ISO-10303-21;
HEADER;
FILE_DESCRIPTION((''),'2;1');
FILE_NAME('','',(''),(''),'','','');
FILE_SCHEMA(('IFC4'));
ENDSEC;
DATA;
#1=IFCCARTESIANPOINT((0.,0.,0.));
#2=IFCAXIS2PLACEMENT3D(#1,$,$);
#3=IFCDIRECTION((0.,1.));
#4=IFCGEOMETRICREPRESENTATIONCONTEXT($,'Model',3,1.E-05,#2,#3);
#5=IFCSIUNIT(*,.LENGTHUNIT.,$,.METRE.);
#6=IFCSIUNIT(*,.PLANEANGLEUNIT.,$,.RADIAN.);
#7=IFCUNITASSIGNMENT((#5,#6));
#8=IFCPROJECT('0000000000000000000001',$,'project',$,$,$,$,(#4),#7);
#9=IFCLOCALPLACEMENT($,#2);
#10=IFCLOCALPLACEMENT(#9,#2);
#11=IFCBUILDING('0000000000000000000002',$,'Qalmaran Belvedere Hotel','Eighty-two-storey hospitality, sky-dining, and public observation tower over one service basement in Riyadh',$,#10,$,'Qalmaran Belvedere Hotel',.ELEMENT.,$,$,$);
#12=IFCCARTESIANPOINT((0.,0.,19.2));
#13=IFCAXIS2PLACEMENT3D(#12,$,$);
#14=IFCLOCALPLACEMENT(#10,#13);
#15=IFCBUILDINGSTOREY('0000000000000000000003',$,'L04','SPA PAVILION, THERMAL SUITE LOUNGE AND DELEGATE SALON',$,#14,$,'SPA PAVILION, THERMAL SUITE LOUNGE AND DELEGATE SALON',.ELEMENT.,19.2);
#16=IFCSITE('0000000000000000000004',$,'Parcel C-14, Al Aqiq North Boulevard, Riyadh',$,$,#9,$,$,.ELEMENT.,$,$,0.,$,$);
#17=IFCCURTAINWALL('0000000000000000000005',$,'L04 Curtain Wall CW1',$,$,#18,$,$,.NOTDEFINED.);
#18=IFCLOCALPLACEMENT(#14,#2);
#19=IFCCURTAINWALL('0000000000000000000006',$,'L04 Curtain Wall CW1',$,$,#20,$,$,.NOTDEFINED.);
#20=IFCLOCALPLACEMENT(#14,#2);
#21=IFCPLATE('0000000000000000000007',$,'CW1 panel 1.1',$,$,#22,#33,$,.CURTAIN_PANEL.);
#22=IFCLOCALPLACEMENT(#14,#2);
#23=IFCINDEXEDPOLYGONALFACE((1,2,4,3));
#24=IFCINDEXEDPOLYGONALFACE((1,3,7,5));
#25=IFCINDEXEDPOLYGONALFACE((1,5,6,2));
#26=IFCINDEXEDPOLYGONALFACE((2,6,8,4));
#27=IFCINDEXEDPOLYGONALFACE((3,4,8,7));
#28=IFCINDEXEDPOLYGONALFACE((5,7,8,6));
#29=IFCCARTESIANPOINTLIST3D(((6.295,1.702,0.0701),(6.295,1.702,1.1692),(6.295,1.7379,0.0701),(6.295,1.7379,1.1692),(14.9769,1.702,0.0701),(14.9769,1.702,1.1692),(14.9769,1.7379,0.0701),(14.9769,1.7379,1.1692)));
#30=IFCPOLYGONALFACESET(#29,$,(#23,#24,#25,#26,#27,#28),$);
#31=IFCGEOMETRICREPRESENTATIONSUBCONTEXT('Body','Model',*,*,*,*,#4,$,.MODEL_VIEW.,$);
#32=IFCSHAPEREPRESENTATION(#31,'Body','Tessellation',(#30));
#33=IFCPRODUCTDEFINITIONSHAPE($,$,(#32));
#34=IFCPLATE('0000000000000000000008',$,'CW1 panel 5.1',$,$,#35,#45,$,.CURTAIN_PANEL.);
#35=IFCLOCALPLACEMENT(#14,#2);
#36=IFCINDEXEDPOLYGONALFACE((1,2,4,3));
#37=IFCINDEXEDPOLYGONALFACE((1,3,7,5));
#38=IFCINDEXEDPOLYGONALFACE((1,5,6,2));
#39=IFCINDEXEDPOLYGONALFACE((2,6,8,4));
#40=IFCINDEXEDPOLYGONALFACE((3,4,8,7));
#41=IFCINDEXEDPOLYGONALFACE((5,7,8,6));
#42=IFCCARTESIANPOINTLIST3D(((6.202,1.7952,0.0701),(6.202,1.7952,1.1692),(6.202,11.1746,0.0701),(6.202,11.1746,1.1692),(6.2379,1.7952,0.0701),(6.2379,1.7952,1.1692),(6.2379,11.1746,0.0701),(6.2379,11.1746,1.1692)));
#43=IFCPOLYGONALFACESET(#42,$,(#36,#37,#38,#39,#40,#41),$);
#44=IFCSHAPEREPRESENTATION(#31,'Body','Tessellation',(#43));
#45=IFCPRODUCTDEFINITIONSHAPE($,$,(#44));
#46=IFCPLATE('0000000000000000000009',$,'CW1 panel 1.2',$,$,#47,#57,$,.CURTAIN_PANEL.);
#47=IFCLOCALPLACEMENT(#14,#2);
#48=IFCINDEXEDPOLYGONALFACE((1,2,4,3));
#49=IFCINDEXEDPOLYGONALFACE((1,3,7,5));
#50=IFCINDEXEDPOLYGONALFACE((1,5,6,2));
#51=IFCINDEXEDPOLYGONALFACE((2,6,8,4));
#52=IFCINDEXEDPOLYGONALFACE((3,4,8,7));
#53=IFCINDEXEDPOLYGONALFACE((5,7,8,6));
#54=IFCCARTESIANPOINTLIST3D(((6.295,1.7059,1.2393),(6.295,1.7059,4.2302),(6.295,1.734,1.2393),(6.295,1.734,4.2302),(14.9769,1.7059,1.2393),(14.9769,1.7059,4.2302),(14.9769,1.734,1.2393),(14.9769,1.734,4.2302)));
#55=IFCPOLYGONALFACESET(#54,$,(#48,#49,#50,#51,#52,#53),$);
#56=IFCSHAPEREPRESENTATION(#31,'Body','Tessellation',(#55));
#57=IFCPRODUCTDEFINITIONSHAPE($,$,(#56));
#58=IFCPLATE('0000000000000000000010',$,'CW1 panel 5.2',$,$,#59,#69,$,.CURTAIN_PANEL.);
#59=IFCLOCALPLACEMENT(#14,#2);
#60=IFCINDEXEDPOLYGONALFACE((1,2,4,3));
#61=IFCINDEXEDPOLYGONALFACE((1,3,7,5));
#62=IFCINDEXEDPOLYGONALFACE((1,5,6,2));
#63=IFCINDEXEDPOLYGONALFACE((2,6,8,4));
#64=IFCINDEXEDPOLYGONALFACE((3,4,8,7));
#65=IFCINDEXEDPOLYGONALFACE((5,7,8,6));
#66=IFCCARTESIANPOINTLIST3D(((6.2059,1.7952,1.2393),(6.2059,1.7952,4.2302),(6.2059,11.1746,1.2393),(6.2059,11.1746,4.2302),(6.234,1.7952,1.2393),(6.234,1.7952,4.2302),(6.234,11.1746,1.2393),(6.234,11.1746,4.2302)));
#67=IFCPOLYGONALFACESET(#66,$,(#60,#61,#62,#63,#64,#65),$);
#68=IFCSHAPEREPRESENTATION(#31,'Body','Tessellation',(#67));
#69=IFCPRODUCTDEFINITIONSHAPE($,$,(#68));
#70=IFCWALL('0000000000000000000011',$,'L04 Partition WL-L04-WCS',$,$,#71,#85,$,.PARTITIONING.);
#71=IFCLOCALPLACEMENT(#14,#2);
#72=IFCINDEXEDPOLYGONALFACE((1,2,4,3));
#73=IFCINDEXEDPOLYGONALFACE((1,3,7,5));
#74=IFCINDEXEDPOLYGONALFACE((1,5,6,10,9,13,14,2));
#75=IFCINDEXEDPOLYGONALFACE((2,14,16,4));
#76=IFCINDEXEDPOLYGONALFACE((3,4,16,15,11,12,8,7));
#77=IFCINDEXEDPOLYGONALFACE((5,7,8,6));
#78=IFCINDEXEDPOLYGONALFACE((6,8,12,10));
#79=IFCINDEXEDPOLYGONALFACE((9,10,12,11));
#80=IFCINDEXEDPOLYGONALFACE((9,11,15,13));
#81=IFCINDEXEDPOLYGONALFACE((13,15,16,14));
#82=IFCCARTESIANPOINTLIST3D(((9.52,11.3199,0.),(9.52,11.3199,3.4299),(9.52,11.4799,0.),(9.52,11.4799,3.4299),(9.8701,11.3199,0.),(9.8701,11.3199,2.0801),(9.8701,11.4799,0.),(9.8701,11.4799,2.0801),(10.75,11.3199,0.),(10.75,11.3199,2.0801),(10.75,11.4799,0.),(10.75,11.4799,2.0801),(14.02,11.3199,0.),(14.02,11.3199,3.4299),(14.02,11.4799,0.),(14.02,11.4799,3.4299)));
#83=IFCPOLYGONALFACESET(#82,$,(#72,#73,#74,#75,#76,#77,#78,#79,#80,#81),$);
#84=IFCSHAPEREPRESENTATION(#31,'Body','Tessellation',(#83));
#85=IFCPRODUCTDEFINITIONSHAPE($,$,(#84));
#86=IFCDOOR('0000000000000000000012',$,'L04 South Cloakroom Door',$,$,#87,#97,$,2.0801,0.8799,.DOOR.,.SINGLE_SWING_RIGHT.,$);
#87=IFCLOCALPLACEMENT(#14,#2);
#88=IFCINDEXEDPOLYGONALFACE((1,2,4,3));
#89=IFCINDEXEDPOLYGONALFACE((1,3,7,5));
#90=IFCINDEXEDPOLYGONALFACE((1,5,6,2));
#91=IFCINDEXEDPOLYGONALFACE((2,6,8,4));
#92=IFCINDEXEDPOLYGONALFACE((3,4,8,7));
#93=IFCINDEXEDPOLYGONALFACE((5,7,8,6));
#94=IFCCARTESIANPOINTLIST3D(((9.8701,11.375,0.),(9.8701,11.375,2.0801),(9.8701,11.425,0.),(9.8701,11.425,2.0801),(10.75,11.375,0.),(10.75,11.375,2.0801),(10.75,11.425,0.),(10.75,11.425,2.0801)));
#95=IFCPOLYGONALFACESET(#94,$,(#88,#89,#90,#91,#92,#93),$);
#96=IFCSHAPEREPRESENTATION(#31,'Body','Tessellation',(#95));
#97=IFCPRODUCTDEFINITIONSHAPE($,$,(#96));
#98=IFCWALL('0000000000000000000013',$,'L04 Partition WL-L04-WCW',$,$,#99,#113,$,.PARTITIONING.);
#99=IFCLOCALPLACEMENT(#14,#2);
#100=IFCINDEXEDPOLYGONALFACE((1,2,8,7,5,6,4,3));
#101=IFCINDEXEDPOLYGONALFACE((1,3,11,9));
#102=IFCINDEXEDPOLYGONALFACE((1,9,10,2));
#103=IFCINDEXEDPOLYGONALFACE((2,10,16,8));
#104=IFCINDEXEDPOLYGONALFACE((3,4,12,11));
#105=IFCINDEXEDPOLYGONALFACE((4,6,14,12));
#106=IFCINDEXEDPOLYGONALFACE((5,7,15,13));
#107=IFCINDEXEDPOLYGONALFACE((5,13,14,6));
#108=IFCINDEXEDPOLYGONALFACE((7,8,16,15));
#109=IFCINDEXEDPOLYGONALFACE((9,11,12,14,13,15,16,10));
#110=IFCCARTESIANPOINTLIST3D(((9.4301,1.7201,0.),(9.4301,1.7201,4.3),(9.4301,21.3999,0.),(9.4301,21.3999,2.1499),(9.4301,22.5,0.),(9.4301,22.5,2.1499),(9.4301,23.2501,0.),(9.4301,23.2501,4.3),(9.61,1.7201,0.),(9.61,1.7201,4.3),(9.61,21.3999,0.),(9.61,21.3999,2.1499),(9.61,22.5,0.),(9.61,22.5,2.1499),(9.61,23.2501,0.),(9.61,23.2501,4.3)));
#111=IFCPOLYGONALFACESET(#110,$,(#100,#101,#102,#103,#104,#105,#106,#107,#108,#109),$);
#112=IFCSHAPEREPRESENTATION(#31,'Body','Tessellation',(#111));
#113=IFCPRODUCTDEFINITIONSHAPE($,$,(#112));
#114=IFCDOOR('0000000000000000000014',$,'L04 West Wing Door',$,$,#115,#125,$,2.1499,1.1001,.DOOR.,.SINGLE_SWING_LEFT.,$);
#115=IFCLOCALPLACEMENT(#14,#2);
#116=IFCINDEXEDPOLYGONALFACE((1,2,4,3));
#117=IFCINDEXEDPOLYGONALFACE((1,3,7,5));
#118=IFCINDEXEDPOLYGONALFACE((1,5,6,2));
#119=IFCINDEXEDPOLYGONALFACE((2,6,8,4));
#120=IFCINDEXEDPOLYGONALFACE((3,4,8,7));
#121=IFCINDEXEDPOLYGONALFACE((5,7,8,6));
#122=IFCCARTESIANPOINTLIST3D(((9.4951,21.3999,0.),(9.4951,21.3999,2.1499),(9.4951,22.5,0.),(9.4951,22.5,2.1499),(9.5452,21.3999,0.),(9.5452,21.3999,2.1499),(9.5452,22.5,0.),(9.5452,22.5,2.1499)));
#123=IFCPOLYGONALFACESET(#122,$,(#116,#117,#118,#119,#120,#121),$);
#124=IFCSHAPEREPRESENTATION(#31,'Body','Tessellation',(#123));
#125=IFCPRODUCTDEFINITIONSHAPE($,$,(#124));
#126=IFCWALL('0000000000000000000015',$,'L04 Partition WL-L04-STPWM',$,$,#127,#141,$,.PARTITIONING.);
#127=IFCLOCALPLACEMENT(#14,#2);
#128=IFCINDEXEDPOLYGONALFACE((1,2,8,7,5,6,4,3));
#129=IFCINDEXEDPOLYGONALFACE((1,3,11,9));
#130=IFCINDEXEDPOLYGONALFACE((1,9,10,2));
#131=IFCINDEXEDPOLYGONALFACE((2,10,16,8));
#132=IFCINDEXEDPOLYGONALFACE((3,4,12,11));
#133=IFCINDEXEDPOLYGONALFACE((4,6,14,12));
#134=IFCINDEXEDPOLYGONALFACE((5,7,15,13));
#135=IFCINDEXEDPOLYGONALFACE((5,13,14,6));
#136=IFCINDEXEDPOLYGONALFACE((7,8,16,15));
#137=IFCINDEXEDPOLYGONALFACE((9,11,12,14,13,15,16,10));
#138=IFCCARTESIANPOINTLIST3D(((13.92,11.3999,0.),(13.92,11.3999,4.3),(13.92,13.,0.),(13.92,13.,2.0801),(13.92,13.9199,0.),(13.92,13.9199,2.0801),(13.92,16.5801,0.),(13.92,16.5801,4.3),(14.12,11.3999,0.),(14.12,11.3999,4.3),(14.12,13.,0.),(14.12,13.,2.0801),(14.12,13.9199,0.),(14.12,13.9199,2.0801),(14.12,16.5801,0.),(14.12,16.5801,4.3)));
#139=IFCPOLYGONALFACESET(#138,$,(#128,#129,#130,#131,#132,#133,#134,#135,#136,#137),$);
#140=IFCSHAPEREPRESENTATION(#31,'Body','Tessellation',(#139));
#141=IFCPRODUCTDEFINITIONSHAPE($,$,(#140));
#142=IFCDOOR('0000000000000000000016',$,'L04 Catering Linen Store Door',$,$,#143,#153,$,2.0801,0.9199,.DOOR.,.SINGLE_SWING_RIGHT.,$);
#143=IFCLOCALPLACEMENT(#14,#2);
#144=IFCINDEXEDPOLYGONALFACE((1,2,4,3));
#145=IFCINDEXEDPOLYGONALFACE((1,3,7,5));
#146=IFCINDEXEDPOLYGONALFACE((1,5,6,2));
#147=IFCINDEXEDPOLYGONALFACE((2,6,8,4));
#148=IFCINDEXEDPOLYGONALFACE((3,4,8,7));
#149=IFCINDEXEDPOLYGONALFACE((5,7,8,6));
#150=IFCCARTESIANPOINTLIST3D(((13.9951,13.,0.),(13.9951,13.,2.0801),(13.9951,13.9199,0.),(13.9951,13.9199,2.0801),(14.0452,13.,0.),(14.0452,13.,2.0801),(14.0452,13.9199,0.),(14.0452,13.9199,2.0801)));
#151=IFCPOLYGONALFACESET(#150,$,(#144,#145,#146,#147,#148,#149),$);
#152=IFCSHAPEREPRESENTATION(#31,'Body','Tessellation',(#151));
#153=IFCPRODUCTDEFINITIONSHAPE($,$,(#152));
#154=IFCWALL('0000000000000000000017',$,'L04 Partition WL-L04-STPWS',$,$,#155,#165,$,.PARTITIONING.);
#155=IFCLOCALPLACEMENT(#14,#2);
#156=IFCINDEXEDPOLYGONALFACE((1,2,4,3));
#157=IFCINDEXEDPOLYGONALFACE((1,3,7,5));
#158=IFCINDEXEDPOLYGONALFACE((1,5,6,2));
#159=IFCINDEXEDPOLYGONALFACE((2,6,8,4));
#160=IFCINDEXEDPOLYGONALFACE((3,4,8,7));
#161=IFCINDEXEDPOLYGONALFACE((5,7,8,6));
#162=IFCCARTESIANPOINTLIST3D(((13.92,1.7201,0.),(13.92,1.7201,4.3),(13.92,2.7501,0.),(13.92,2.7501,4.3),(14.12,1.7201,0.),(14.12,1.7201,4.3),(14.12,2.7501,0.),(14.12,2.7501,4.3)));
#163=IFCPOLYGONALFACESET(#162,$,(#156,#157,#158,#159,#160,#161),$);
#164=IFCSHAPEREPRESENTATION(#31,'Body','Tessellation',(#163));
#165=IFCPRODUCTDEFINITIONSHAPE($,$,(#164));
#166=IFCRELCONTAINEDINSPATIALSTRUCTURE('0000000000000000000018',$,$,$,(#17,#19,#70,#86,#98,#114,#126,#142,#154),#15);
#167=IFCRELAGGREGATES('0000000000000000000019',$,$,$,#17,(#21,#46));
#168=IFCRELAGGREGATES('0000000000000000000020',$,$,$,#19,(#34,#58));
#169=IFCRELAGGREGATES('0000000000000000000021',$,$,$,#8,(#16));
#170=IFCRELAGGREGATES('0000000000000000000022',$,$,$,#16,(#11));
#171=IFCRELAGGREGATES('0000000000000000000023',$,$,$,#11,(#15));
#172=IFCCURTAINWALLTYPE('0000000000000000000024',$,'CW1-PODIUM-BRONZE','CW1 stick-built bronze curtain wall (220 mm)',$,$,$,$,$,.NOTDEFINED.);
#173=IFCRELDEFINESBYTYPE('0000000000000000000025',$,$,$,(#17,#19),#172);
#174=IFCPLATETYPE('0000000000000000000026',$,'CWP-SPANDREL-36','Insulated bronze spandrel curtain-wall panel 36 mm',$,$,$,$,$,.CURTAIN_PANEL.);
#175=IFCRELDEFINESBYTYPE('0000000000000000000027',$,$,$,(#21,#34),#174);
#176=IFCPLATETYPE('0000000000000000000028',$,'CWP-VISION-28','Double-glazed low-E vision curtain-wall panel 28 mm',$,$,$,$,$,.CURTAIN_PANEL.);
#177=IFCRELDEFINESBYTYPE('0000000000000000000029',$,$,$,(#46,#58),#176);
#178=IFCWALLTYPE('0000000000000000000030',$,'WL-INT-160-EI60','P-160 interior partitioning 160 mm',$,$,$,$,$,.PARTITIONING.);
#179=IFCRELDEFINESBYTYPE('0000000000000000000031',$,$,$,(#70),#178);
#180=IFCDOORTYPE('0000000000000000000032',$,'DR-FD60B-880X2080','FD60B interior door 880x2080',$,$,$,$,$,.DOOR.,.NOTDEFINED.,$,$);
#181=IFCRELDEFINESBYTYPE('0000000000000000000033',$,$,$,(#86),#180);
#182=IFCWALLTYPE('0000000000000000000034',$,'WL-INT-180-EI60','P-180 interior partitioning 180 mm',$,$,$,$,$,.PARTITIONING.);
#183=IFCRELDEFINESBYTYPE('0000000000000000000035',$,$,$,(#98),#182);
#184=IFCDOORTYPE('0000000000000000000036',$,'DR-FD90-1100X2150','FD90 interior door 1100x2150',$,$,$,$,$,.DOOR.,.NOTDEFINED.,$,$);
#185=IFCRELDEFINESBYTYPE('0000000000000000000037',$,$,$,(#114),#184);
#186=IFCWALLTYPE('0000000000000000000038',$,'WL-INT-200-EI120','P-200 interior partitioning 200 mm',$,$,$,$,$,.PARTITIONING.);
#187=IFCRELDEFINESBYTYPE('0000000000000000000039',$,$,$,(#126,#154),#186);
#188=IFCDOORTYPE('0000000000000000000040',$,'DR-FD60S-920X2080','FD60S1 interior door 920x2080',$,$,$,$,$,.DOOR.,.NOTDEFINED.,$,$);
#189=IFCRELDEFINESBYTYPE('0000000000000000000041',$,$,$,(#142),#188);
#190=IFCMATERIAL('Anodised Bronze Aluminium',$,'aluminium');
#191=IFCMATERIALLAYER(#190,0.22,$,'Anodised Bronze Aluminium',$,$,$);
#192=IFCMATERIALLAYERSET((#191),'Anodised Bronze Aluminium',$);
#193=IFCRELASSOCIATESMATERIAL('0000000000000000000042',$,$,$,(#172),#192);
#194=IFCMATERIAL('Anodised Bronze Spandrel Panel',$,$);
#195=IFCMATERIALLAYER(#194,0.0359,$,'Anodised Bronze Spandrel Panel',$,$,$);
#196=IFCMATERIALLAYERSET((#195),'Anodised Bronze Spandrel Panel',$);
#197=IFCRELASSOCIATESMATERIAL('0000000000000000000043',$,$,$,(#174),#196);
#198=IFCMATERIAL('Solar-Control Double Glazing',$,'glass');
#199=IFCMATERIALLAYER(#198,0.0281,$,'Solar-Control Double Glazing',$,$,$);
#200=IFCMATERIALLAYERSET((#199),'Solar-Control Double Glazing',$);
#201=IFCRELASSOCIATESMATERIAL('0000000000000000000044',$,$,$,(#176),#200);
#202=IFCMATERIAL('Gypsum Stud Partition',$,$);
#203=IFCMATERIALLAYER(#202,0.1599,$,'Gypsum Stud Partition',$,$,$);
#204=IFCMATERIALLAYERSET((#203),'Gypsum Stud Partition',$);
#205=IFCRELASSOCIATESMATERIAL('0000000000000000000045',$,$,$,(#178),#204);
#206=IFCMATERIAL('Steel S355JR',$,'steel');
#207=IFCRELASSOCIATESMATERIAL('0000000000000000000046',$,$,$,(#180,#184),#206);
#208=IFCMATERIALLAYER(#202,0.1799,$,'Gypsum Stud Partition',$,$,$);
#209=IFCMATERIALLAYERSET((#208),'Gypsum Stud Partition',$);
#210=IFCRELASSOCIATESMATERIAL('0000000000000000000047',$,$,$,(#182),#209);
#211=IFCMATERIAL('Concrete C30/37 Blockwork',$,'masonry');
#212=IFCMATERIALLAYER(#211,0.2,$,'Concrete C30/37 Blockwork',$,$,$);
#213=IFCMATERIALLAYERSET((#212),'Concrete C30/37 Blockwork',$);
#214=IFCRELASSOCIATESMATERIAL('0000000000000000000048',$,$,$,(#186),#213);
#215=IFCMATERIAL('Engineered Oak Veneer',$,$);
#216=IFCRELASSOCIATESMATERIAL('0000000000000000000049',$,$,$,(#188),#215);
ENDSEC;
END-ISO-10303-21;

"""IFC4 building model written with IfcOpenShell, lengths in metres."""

from ifc_helpers import new_model, si_unit, direction, frame, frame_2d, origin, origin_2d, place, context, subcontext, project, spatial, rectangle, extrude, material, layer, layer_set, type_object, element, fill, aggregate, save


model = new_model("IFC4")

# Units and contexts
model_context = context("Model", 3, precision=1e-05, world=origin(), true_north=direction((0.0, 1.0)))
body_context = subcontext(model_context, "Body", "Model", "MODEL_VIEW")
ifc_project = project(units=[si_unit("LENGTHUNIT", "METRE"), si_unit("PLANEANGLEUNIT", "RADIAN")], contexts=[model_context])

# Site, building, storey
site_placement = place(None, origin())
site = spatial("IfcSite", under=ifc_project, at=site_placement, Name="Parcel C-14, Al Aqiq North Boulevard, Riyadh", CompositionType="ELEMENT", RefElevation=0.0)
building_placement = place(site_placement, origin())
building = spatial("IfcBuilding", under=site, at=building_placement, Name="Qalmaran Belvedere Hotel", Description="Eighty-two-storey hospitality, sky-dining, and public observation tower over one service basement in Riyadh", LongName="Qalmaran Belvedere Hotel", CompositionType="ELEMENT")
storey_placement = place(building_placement, frame((0.0, 0.0, 19.2)))
storey = spatial("IfcBuildingStorey", under=building, at=storey_placement, Name="L04", Description="SPA PAVILION, THERMAL SUITE LOUNGE AND DELEGATE SALON", LongName="SPA PAVILION, THERMAL SUITE LOUNGE AND DELEGATE SALON", CompositionType="ELEMENT", Elevation=19.2)

# Shared definitions
ifc_material_1 = material(Name="Steel S355JR", Category="steel")

# Curtain wall
ifc_material_2 = material(Name="Anodised Bronze Aluminium", Category="aluminium")
ifc_layer_1 = layer(ifc_material_2, 0.22, Name="Anodised Bronze Aluminium")
ifc_layer_set_1 = layer_set([ifc_layer_1], Name="Anodised Bronze Aluminium")
curtain_wall_type = type_object("IfcCurtainWallType", Name="CW1-PODIUM-BRONZE", Description="CW1 stick-built bronze curtain wall (220 mm)", PredefinedType="NOTDEFINED", material=ifc_layer_set_1)
curtain_wall_1_placement = place(storey_placement, origin())
curtain_wall_1 = element("IfcCurtainWall", 1, at=curtain_wall_1_placement, inside=storey, type_object=curtain_wall_type, Name="L04 Curtain Wall CW1", PredefinedType="NOTDEFINED")

# Curtain wall
curtain_wall_2_placement = place(storey_placement, origin())
curtain_wall_2 = element("IfcCurtainWall", 2, at=curtain_wall_2_placement, inside=storey, type_object=curtain_wall_type, Name="L04 Curtain Wall CW1", PredefinedType="NOTDEFINED")

# Plates
ifc_material_3 = material(Name="Anodised Bronze Spandrel Panel")
ifc_layer_2 = layer(ifc_material_3, 0.0359, Name="Anodised Bronze Spandrel Panel")
ifc_layer_set_2 = layer_set([ifc_layer_2], Name="Anodised Bronze Spandrel Panel")
plate_type_1 = type_object("IfcPlateType", Name="CWP-SPANDREL-36", Description="Insulated bronze spandrel curtain-wall panel 36 mm", PredefinedType="CURTAIN_PANEL", material=ifc_layer_set_2)
plate_1_placement = place(storey_placement, frame((10.636, 1.72, 0.0701), z_axis=(0.0, 0.0, 1.0), x_axis=(1.0, 0.0, 0.0)))
plate_1 = element("IfcPlate", 3, at=plate_1_placement, type_object=plate_type_1, Name="CW1 panel 1.1", PredefinedType="CURTAIN_PANEL", context=body_context, shape_type="SweptSolid", body=[
    extrude(rectangle(XDim=8.6819, YDim=0.0359, at=origin_2d()), origin(), (0.0, 0.0, 1.0), 1.0991),
])
plate_2_placement = place(storey_placement, frame((6.22, 6.4849, 0.0701), z_axis=(0.0, 0.0, 1.0), x_axis=(0.0, -1.0, 0.0)))
plate_2 = element("IfcPlate", 4, at=plate_2_placement, type_object=plate_type_1, Name="CW1 panel 5.1", PredefinedType="CURTAIN_PANEL", context=body_context, shape_type="SweptSolid", body=[
    extrude(rectangle(XDim=9.3794, YDim=0.0359, at=origin_2d()), origin(), (0.0, 0.0, 1.0), 1.0991),
])
ifc_material_4 = material(Name="Solar-Control Double Glazing", Category="glass")
ifc_layer_3 = layer(ifc_material_4, 0.0281, Name="Solar-Control Double Glazing")
ifc_layer_set_3 = layer_set([ifc_layer_3], Name="Solar-Control Double Glazing")
plate_type_2 = type_object("IfcPlateType", Name="CWP-VISION-28", Description="Double-glazed low-E vision curtain-wall panel 28 mm", PredefinedType="CURTAIN_PANEL", material=ifc_layer_set_3)
plate_3_placement = place(storey_placement, frame((10.636, 1.72, 1.2393), z_axis=(0.0, 0.0, 1.0), x_axis=(1.0, 0.0, 0.0)))
plate_3 = element("IfcPlate", 5, at=plate_3_placement, type_object=plate_type_2, Name="CW1 panel 1.2", PredefinedType="CURTAIN_PANEL", context=body_context, shape_type="SweptSolid", body=[
    extrude(rectangle(XDim=8.6819, YDim=0.0281, at=origin_2d()), origin(), (0.0, 0.0, 1.0), 2.991),
])
aggregate(curtain_wall_1, [plate_1, plate_3])
plate_4_placement = place(storey_placement, frame((6.22, 6.4849, 1.2393), z_axis=(0.0, 0.0, 1.0), x_axis=(0.0, -1.0, 0.0)))
plate_4 = element("IfcPlate", 6, at=plate_4_placement, type_object=plate_type_2, Name="CW1 panel 5.2", PredefinedType="CURTAIN_PANEL", context=body_context, shape_type="SweptSolid", body=[
    extrude(rectangle(XDim=9.3794, YDim=0.0281, at=origin_2d()), origin(), (0.0, 0.0, 1.0), 2.991),
])
aggregate(curtain_wall_2, [plate_2, plate_4])

# Walls, openings, doors
ifc_material_5 = material(Name="Gypsum Stud Partition")
ifc_layer_4 = layer(ifc_material_5, 0.1599, Name="Gypsum Stud Partition")
ifc_layer_set_4 = layer_set([ifc_layer_4], Name="Gypsum Stud Partition")
wall_type_1 = type_object("IfcWallType", Name="WL-INT-160-EI60", Description="P-160 interior partitioning 160 mm", PredefinedType="PARTITIONING", material=ifc_layer_set_4)
wall_1_placement = place(storey_placement, frame((9.52, 11.3999, 0.0), z_axis=(0.0, 0.0, 1.0), x_axis=(1.0, 0.0, 0.0)))
wall_1 = element("IfcWall", 7, at=wall_1_placement, inside=storey, type_object=wall_type_1, Name="L04 Partition WL-L04-WCS", PredefinedType="PARTITIONING", context=body_context, shape_type="SweptSolid", body=[
    extrude(rectangle(XDim=4.5, YDim=0.1599, at=frame_2d((2.25, 0.0))), origin(), (0.0, 0.0, 1.0), 3.4299),
])
opening_1_placement = place(wall_1_placement, frame((1.23, 0.0, 0.0), z_axis=(0.0, 0.0, 1.0), x_axis=(-1.0, 0.0, 0.0)))
opening_1 = element("IfcOpeningElement", 8, at=opening_1_placement, cuts=wall_1, PredefinedType="OPENING", context=body_context, shape_type="SweptSolid", body=[
    extrude(rectangle(XDim=0.8799, YDim=2.0801, at=frame_2d((0.4399, 1.04))), frame((0.0, 0.0898, 0.0), z_axis=(0.0, -1.0, 0.0), x_axis=(1.0, 0.0, 0.0)), (0.0, 0.0, 1.0), 0.1799),
])
door_type_1 = type_object("IfcDoorType", Name="DR-FD60B-880X2080", Description="FD60B interior door 880x2080", OperationType="NOTDEFINED", PredefinedType="DOOR", material=ifc_material_1)
door_1_placement = place(opening_1_placement, origin())
door_1 = element("IfcDoor", 9, at=door_1_placement, inside=storey, type_object=door_type_1, Name="L04 South Cloakroom Door", OperationType="SINGLE_SWING_RIGHT", OverallHeight=2.0801, OverallWidth=0.8799, PredefinedType="DOOR", context=body_context, shape_type="SweptSolid", body=[
    extrude(rectangle(XDim=0.8799, YDim=2.0801, at=frame_2d((0.4399, 1.04))), frame((0.0, 0.0249, 0.0), z_axis=(0.0, -1.0, 0.0), x_axis=(1.0, 0.0, 0.0)), (0.0, 0.0, 1.0), 0.05),
])
fill(opening_1, door_1)
ifc_layer_5 = layer(ifc_material_5, 0.1799, Name="Gypsum Stud Partition")
ifc_layer_set_5 = layer_set([ifc_layer_5], Name="Gypsum Stud Partition")
wall_type_2 = type_object("IfcWallType", Name="WL-INT-180-EI60", Description="P-180 interior partitioning 180 mm", PredefinedType="PARTITIONING", material=ifc_layer_set_5)
wall_2_placement = place(storey_placement, frame((9.52, 1.72, 0.0), z_axis=(0.0, 0.0, 1.0), x_axis=(0.0, 1.0, 0.0)))
wall_2 = element("IfcWall", 10, at=wall_2_placement, inside=storey, type_object=wall_type_2, Name="L04 Partition WL-L04-WCW", PredefinedType="PARTITIONING", context=body_context, shape_type="SweptSolid", body=[
    extrude(rectangle(XDim=21.53, YDim=0.1799, at=frame_2d((10.7651, 0.0))), origin(), (0.0, 0.0, 1.0), 4.3),
])
opening_2_placement = place(wall_2_placement, frame((19.6799, 0.0, 0.0)))
opening_2 = element("IfcOpeningElement", 11, at=opening_2_placement, cuts=wall_2, PredefinedType="OPENING", context=body_context, shape_type="SweptSolid", body=[
    extrude(rectangle(XDim=1.1001, YDim=2.1499, at=frame_2d((0.55, 1.075))), frame((0.0, 0.1001, 0.0), z_axis=(0.0, -1.0, 0.0), x_axis=(1.0, 0.0, 0.0)), (0.0, 0.0, 1.0), 0.2),
])
door_type_2 = type_object("IfcDoorType", Name="DR-FD90-1100X2150", Description="FD90 interior door 1100x2150", OperationType="NOTDEFINED", PredefinedType="DOOR", material=ifc_material_1)
door_2_placement = place(opening_2_placement, origin())
door_2 = element("IfcDoor", 12, at=door_2_placement, inside=storey, type_object=door_type_2, Name="L04 West Wing Door", OperationType="SINGLE_SWING_LEFT", OverallHeight=2.1499, OverallWidth=1.1001, PredefinedType="DOOR", context=body_context, shape_type="SweptSolid", body=[
    extrude(rectangle(XDim=1.1001, YDim=2.1499, at=frame_2d((0.55, 1.075))), frame((0.0, 0.0249, 0.0), z_axis=(0.0, -1.0, 0.0), x_axis=(1.0, 0.0, 0.0)), (0.0, 0.0, 1.0), 0.05),
])
fill(opening_2, door_2)
ifc_material_6 = material(Name="Concrete C30/37 Blockwork", Category="masonry")
ifc_layer_6 = layer(ifc_material_6, 0.2, Name="Concrete C30/37 Blockwork")
ifc_layer_set_6 = layer_set([ifc_layer_6], Name="Concrete C30/37 Blockwork")
wall_type_3 = type_object("IfcWallType", Name="WL-INT-200-EI120", Description="P-200 interior partitioning 200 mm", PredefinedType="PARTITIONING", material=ifc_layer_set_6)
wall_3_placement = place(storey_placement, frame((14.02, 11.3999, 0.0), z_axis=(0.0, 0.0, 1.0), x_axis=(0.0, 1.0, 0.0)))
wall_3 = element("IfcWall", 13, at=wall_3_placement, inside=storey, type_object=wall_type_3, Name="L04 Partition WL-L04-STPWM", PredefinedType="PARTITIONING", context=body_context, shape_type="SweptSolid", body=[
    extrude(rectangle(XDim=5.1802, YDim=0.2, at=frame_2d((2.5901, 0.0))), origin(), (0.0, 0.0, 1.0), 4.3),
])
opening_3_placement = place(wall_3_placement, frame((1.6001, 0.0, 0.0)))
opening_3 = element("IfcOpeningElement", 14, at=opening_3_placement, cuts=wall_3, PredefinedType="OPENING", context=body_context, shape_type="SweptSolid", body=[
    extrude(rectangle(XDim=0.9199, YDim=2.0801, at=frame_2d((0.46, 1.04))), frame((0.0, 0.1099, 0.0), z_axis=(0.0, -1.0, 0.0), x_axis=(1.0, 0.0, 0.0)), (0.0, 0.0, 1.0), 0.22),
])
ifc_material_7 = material(Name="Engineered Oak Veneer")
door_type_3 = type_object("IfcDoorType", Name="DR-FD60S-920X2080", Description="FD60S1 interior door 920x2080", OperationType="NOTDEFINED", PredefinedType="DOOR", material=ifc_material_7)
door_3_placement = place(opening_3_placement, origin())
door_3 = element("IfcDoor", 15, at=door_3_placement, inside=storey, type_object=door_type_3, Name="L04 Catering Linen Store Door", OperationType="SINGLE_SWING_RIGHT", OverallHeight=2.0801, OverallWidth=0.9199, PredefinedType="DOOR", context=body_context, shape_type="SweptSolid", body=[
    extrude(rectangle(XDim=0.9199, YDim=2.0801, at=frame_2d((0.46, 1.04))), frame((0.0, 0.0249, 0.0), z_axis=(0.0, -1.0, 0.0), x_axis=(1.0, 0.0, 0.0)), (0.0, 0.0, 1.0), 0.05),
])
fill(opening_3, door_3)

# Wall
wall_4_placement = place(storey_placement, frame((14.02, 1.72, 0.0), z_axis=(0.0, 0.0, 1.0), x_axis=(0.0, 1.0, 0.0)))
element("IfcWall", 16, at=wall_4_placement, inside=storey, type_object=wall_type_3, Name="L04 Partition WL-L04-STPWS", PredefinedType="PARTITIONING", context=body_context, shape_type="SweptSolid", body=[
    extrude(rectangle(XDim=1.03, YDim=0.2, at=frame_2d((0.5151, 0.0))), origin(), (0.0, 0.0, 1.0), 4.3),
])

save(model, "model.ifc")
